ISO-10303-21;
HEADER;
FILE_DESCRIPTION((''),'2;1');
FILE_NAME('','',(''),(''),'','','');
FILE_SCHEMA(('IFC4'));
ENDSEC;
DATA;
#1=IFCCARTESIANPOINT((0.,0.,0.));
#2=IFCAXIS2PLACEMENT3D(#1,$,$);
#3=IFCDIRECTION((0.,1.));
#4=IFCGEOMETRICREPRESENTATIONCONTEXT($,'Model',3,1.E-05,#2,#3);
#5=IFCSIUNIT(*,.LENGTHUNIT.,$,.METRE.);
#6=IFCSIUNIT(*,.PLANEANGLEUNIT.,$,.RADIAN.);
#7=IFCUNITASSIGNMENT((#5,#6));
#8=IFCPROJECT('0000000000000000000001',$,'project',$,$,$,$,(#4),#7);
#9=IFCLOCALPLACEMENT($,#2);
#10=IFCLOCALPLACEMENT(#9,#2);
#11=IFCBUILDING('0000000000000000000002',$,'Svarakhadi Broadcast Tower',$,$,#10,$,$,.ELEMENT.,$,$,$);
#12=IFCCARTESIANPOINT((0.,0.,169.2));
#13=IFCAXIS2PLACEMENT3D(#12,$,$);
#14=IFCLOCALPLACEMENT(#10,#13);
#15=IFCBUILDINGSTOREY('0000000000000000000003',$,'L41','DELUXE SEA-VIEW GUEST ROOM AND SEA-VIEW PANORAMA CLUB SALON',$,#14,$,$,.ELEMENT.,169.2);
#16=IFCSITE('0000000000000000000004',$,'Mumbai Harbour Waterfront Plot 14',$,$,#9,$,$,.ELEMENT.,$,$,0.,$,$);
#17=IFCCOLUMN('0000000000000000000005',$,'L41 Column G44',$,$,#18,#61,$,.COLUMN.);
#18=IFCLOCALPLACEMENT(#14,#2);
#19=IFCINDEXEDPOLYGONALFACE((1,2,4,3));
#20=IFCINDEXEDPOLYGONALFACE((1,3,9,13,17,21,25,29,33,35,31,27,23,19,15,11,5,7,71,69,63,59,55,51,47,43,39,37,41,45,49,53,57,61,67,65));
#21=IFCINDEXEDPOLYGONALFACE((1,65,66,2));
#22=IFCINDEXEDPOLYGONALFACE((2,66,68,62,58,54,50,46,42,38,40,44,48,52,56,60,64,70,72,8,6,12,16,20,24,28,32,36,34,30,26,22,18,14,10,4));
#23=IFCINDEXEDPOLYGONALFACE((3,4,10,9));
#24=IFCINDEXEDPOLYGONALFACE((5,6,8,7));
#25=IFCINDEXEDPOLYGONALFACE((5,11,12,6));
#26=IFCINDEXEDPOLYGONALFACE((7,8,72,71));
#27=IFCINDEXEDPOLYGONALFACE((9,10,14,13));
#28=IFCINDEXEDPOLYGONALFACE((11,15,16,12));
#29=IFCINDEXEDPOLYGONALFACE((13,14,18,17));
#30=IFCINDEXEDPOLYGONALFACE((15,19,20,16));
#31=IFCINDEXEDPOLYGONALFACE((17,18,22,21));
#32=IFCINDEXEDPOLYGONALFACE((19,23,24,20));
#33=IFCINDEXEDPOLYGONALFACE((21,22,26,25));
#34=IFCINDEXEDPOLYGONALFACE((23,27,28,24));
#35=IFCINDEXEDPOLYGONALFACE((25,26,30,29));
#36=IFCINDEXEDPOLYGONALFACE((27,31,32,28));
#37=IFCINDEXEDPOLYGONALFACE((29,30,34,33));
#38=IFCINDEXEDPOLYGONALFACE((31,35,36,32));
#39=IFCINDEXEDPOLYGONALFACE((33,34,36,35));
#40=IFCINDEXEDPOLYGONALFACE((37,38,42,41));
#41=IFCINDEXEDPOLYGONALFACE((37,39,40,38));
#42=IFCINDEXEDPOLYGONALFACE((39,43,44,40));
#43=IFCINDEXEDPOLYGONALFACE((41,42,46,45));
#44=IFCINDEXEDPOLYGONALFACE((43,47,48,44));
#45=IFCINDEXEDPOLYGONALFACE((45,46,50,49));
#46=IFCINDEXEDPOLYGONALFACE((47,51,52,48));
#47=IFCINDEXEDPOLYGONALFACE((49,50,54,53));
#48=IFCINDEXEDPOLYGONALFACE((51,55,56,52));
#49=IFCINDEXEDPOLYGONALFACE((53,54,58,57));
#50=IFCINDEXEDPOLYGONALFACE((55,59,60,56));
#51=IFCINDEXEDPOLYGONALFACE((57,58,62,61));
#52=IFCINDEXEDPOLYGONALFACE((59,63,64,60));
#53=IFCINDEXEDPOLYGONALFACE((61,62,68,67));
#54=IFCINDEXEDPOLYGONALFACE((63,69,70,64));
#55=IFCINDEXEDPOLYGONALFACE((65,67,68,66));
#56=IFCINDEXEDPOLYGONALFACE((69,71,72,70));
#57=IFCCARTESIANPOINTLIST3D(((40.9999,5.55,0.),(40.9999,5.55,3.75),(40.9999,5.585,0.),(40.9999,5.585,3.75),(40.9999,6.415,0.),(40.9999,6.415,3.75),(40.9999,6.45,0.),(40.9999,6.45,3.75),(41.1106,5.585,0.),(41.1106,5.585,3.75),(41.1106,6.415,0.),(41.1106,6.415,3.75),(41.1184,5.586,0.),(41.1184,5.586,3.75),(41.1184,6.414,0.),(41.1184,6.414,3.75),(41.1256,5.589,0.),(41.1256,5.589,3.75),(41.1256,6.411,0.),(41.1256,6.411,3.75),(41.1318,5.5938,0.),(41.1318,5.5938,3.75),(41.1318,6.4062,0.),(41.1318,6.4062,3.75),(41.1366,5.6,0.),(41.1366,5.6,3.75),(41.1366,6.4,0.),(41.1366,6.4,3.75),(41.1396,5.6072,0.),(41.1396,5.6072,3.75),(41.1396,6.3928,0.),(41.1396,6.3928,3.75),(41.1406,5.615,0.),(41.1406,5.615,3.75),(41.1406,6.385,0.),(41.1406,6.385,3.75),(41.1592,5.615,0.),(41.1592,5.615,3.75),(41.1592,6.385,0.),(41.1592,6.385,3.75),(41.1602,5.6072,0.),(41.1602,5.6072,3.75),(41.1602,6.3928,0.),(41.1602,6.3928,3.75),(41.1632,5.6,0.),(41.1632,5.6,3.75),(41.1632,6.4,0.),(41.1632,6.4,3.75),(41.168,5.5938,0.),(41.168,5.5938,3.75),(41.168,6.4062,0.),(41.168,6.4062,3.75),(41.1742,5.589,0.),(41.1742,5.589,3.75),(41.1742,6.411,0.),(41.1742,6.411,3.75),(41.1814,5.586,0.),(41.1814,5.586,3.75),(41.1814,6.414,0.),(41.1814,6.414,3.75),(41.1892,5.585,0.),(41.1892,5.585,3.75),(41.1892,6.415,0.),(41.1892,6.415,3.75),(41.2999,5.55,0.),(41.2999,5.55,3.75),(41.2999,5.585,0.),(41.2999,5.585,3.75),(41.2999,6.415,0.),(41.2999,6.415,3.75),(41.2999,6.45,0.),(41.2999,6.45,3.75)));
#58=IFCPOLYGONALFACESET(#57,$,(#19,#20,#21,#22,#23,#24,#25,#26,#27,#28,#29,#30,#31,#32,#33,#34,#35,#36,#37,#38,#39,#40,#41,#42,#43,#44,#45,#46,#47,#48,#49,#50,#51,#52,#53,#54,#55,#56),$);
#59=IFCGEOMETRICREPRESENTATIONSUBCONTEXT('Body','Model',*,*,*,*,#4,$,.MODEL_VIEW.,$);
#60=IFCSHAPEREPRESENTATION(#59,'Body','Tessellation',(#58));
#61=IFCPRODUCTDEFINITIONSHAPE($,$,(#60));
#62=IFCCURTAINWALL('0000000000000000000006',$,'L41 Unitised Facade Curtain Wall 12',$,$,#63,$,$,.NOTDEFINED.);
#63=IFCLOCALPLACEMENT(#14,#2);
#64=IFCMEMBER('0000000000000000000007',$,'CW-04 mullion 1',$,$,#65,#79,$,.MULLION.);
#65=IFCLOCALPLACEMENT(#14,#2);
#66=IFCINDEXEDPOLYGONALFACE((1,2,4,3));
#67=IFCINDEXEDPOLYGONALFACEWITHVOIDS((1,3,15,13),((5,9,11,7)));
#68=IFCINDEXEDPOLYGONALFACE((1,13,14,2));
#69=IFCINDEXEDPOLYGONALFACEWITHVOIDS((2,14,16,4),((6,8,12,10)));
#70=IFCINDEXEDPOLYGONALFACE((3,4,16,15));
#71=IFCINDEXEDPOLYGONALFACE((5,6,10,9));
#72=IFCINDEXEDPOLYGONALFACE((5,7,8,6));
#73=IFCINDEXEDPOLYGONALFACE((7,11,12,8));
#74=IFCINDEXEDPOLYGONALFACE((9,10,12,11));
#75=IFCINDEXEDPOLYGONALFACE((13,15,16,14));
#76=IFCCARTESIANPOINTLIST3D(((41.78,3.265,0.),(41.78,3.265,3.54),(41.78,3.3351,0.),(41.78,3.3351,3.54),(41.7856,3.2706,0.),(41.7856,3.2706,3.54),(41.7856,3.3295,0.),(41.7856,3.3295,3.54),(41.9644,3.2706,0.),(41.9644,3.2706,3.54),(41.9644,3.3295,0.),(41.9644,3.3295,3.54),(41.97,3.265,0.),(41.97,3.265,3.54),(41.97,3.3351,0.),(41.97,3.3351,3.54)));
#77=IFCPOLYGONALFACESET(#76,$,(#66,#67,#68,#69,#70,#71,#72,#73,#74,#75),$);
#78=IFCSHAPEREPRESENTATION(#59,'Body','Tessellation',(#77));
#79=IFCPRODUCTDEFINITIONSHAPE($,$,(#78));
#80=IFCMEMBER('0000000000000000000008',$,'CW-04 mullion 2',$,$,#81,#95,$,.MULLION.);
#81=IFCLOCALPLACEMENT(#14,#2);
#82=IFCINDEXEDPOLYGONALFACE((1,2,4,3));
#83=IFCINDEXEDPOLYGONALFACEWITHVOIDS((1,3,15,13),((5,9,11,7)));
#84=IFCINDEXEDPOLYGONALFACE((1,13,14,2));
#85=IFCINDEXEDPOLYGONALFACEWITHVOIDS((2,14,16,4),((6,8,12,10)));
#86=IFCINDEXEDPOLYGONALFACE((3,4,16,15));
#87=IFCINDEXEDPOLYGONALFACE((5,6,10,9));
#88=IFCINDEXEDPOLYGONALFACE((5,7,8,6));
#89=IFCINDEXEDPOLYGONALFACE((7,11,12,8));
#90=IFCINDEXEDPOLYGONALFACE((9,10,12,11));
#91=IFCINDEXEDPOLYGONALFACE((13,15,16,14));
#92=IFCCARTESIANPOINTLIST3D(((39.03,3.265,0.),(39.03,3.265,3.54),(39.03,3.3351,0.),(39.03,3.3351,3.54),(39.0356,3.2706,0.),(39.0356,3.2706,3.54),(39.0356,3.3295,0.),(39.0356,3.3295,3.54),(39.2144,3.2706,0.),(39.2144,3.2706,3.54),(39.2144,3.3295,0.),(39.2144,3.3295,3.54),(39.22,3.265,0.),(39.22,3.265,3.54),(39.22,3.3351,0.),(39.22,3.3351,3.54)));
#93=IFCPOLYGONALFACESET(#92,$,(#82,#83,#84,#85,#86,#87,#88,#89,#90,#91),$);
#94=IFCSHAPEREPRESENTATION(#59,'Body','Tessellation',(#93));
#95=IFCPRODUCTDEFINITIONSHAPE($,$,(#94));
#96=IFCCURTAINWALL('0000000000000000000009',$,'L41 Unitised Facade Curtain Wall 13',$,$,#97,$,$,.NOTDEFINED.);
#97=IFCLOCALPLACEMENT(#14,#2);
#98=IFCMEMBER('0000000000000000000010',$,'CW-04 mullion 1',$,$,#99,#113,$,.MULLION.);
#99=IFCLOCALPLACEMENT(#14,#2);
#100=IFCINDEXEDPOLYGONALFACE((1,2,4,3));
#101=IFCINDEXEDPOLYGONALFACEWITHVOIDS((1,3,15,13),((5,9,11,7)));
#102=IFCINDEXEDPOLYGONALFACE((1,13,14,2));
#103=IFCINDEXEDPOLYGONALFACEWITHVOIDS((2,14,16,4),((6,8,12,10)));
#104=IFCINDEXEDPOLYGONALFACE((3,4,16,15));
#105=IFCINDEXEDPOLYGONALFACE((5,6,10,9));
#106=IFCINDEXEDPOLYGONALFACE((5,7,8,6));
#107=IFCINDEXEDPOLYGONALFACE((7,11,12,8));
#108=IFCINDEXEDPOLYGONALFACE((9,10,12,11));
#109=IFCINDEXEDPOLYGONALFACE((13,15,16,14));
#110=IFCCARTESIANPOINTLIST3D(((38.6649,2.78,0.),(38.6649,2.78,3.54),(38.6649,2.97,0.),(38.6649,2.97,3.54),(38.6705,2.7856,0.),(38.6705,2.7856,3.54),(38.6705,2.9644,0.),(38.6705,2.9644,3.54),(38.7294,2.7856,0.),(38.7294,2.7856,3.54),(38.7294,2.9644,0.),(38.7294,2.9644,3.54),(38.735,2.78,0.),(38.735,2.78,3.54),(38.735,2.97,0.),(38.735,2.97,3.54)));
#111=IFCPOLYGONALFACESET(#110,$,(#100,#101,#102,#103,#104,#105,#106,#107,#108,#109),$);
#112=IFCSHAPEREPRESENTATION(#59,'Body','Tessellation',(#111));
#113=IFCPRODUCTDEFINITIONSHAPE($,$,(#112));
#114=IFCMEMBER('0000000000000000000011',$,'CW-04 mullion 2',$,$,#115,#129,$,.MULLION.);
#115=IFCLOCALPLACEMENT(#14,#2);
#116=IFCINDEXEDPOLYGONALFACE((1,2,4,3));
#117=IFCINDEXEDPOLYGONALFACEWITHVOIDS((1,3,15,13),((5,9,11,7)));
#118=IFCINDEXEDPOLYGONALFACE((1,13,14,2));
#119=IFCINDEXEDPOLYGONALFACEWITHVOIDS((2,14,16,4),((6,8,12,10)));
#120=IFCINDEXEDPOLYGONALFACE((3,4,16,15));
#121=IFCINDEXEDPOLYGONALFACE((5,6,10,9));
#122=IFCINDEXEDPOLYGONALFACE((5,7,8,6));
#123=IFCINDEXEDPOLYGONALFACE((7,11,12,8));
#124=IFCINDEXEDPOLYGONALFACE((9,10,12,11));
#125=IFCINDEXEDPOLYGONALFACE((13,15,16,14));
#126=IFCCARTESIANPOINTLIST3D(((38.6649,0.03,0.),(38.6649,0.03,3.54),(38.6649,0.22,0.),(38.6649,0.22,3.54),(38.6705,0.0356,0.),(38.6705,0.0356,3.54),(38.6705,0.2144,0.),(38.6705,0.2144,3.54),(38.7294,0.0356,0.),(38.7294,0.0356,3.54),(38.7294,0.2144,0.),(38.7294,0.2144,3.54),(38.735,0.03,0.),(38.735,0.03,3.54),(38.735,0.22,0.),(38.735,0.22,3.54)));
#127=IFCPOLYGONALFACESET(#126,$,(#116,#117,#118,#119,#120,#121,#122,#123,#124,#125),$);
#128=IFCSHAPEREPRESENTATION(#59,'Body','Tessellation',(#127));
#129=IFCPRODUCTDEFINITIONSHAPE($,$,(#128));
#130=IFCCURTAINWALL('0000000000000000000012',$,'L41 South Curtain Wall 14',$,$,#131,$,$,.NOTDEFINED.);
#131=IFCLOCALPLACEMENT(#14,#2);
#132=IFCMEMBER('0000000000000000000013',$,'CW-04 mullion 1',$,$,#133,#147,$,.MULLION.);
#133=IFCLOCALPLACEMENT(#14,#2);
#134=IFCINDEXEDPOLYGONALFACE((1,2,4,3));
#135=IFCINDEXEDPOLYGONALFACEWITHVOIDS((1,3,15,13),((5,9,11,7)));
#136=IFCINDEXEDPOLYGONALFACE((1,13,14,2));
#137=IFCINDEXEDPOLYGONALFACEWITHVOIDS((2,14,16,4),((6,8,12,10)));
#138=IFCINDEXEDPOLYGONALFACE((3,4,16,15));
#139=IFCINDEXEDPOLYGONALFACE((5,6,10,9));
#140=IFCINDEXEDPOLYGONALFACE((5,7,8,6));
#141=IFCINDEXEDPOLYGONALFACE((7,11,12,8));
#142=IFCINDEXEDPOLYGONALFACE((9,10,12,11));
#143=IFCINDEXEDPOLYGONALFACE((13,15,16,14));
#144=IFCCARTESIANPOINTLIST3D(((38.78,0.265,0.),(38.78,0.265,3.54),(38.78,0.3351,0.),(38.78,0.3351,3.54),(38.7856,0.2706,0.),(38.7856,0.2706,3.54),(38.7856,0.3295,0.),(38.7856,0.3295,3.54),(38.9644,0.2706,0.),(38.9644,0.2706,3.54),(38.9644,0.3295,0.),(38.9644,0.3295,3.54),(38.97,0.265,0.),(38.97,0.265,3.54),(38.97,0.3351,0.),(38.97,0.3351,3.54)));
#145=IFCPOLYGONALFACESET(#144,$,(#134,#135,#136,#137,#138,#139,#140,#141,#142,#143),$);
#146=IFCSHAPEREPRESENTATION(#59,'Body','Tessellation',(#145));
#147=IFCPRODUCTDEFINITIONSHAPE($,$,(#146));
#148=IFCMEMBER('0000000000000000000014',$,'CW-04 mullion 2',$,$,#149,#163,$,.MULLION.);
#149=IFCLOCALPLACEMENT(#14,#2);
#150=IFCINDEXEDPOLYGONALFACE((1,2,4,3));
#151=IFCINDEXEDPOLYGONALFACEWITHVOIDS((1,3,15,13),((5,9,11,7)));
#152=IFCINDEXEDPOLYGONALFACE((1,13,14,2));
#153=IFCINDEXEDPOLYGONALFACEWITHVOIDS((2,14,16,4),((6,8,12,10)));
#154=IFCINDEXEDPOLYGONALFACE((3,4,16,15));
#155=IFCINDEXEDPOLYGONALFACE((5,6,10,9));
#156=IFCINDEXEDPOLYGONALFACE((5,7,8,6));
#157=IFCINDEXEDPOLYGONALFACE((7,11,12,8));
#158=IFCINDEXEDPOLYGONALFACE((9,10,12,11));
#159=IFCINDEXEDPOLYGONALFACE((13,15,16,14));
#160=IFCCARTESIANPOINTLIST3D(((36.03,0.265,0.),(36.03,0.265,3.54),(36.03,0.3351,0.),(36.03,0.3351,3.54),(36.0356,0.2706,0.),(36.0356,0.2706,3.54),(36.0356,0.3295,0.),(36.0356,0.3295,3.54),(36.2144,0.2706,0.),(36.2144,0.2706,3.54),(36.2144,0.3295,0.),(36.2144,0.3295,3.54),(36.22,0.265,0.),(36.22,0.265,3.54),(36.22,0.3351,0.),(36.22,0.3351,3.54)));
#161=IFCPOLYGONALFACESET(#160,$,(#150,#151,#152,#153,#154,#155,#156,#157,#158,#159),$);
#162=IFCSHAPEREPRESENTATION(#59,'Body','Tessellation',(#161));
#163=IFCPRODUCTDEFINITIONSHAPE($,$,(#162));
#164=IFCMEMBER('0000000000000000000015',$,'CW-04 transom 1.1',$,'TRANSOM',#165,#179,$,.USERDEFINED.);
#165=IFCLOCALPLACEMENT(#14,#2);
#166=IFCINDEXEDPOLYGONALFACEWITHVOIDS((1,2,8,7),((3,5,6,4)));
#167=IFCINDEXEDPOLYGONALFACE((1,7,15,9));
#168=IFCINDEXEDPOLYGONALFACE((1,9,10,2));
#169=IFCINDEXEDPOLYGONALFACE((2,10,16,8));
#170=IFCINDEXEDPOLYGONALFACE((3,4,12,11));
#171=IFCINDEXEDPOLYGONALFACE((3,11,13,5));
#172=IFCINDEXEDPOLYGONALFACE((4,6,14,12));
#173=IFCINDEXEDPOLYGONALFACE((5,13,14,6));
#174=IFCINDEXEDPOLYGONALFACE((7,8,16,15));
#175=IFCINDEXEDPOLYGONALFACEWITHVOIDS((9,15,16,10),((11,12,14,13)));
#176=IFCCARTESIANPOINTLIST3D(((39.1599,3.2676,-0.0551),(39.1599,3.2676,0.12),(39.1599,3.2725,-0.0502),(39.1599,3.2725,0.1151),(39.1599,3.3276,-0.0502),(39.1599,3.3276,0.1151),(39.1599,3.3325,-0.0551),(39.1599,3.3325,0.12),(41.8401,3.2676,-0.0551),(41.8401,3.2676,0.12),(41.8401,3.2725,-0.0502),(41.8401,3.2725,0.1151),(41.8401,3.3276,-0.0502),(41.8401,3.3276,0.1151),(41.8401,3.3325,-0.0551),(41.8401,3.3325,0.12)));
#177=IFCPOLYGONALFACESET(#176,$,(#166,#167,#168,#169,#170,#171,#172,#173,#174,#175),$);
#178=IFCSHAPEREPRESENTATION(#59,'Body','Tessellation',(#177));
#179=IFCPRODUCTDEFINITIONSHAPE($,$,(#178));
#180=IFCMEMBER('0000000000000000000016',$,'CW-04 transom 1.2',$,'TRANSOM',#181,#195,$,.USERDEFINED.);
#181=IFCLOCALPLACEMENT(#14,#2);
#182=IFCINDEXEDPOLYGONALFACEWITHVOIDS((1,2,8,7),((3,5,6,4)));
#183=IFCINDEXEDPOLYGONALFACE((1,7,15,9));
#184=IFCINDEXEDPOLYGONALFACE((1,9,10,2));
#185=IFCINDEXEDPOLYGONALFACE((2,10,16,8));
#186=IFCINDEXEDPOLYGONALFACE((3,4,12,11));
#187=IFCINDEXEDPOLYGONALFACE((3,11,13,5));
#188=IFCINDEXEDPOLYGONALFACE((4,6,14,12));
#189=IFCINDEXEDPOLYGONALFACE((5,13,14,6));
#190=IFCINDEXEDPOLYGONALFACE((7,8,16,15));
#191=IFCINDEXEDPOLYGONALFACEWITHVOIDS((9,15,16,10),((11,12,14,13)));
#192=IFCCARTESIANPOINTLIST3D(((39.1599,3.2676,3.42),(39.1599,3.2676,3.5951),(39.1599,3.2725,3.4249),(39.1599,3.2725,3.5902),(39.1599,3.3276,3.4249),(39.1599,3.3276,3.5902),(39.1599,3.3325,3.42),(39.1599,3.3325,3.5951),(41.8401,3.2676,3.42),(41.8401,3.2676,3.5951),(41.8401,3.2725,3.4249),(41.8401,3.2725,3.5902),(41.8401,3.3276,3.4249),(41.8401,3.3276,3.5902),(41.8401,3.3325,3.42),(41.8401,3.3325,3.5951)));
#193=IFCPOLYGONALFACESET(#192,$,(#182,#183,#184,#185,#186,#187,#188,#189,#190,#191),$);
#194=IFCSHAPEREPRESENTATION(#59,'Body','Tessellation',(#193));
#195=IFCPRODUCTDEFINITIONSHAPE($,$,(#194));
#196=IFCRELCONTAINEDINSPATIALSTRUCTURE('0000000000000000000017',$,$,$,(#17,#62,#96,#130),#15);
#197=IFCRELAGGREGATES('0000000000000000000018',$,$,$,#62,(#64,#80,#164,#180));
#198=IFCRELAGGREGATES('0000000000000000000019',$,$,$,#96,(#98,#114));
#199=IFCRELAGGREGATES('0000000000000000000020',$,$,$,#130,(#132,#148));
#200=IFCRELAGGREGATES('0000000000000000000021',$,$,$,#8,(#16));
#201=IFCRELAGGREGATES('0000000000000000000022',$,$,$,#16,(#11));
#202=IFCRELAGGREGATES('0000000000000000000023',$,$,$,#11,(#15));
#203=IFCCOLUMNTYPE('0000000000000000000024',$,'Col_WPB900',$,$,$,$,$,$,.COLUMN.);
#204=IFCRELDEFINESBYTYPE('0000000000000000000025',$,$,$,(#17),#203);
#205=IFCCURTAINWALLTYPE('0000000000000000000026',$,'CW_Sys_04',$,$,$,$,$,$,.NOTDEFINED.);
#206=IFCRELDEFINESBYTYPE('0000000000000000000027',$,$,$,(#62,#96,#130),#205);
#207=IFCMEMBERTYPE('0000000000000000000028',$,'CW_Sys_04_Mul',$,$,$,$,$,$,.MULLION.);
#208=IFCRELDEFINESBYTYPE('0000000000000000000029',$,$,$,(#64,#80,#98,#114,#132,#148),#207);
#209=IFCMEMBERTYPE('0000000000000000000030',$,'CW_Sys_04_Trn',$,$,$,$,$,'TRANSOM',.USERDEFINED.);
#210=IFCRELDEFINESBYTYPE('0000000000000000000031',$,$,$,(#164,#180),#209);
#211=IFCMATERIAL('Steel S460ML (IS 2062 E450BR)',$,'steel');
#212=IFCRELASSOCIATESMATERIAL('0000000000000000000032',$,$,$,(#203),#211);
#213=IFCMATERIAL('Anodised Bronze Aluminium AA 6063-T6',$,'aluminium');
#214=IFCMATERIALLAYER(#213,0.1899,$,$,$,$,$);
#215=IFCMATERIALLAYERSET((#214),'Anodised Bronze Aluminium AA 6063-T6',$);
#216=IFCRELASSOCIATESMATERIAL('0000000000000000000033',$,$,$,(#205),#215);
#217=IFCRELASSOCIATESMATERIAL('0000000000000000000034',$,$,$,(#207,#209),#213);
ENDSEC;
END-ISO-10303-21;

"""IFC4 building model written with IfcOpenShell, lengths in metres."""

from ifc_helpers import new_model, si_unit, direction, frame, origin, origin_2d, place, context, subcontext, project, spatial, hollow_rectangle, i_section, extrude, material, layer, layer_set, material_profile, profile_set, type_object, element, aggregate, save


model = new_model("IFC4")

# Units and contexts
model_context = context("Model", 3, precision=1e-05, world=origin(), true_north=direction((0.0, 1.0)))
body_context = subcontext(model_context, "Body", "Model", "MODEL_VIEW")
ifc_project = project(units=[si_unit("LENGTHUNIT", "METRE"), si_unit("PLANEANGLEUNIT", "RADIAN")], contexts=[model_context])

# Site, building, storey
site_placement = place(None, origin())
site = spatial("IfcSite", under=ifc_project, at=site_placement, Name="Mumbai Harbour Waterfront Plot 14", CompositionType="ELEMENT", RefElevation=0.0)
building_placement = place(site_placement, origin())
building = spatial("IfcBuilding", under=site, at=building_placement, Name="Svarakhadi Broadcast Tower", CompositionType="ELEMENT")
storey_placement = place(building_placement, frame((0.0, 0.0, 169.2)))
storey = spatial("IfcBuildingStorey", under=building, at=storey_placement, Name="L41", Description="DELUXE SEA-VIEW GUEST ROOM AND SEA-VIEW PANORAMA CLUB SALON", CompositionType="ELEMENT", Elevation=169.2)

# Column
ifc_material_1 = material(Name="Steel S460ML (IS 2062 E450BR)", Category="steel")
ifc_material_profile_1 = material_profile(ifc_material_1, i_section(OverallWidth=0.3, OverallDepth=0.8999, WebThickness=0.0186, FlangeThickness=0.0349, FilletRadius=0.03, at=origin_2d()), Name="WPB 900x300x291")
ifc_profile_set_1 = profile_set([ifc_material_profile_1], Name="Steel S460ML (IS 2062 E450BR)")
column_type = type_object("IfcColumnType", Name="Col_WPB900", PredefinedType="COLUMN", material=ifc_profile_set_1)
column_placement = place(storey_placement, frame((41.1499, 6.0, 0.0), z_axis=(0.0, 0.0, 1.0), x_axis=(1.0, 0.0, 0.0)))
element("IfcColumn", 1, at=column_placement, inside=storey, type_object=column_type, Name="L41 Column G44", PredefinedType="COLUMN", context=body_context, shape_type="SweptSolid", body=[
    extrude(i_section(OverallWidth=0.3, OverallDepth=0.8999, WebThickness=0.0186, FlangeThickness=0.0349, FilletRadius=0.03, at=origin_2d()), origin(), (0.0, 0.0, 1.0), 3.75),
])

# Curtain walls, members
ifc_material_2 = material(Name="Anodised Bronze Aluminium AA 6063-T6", Category="aluminium")
ifc_layer_1 = layer(ifc_material_2, 0.1899)
ifc_layer_set_1 = layer_set([ifc_layer_1], Name="Anodised Bronze Aluminium AA 6063-T6")
curtain_wall_type = type_object("IfcCurtainWallType", Name="CW_Sys_04", PredefinedType="NOTDEFINED", material=ifc_layer_set_1)
curtain_wall_1_placement = place(storey_placement, origin())
curtain_wall_1 = element("IfcCurtainWall", 2, at=curtain_wall_1_placement, inside=storey, type_object=curtain_wall_type, Name="L41 Unitised Facade Curtain Wall 12", PredefinedType="NOTDEFINED")
ifc_material_profile_2 = material_profile(ifc_material_2, hollow_rectangle(XDim=0.0701, YDim=0.1899, WallThickness=0.0056, at=origin_2d()), Name="ALU MULLION 190x70x6")
ifc_profile_set_2 = profile_set([ifc_material_profile_2], Name="Anodised Bronze Aluminium AA 6063-T6")
member_type_1 = type_object("IfcMemberType", Name="CW_Sys_04_Mul", PredefinedType="MULLION", material=ifc_profile_set_2)
member_1_placement = place(storey_placement, frame((41.875, 3.3, 0.0), z_axis=(0.0, 0.0, 1.0), x_axis=(0.0, -1.0, 0.0)))
member_1 = element("IfcMember", 3, at=member_1_placement, type_object=member_type_1, Name="CW-04 mullion 1", PredefinedType="MULLION", context=body_context, shape_type="SweptSolid", body=[
    extrude(hollow_rectangle(XDim=0.0701, YDim=0.1899, WallThickness=0.0056, at=origin_2d()), origin(), (0.0, 0.0, 1.0), 3.54),
])
member_2_placement = place(storey_placement, frame((39.125, 3.3, 0.0), z_axis=(0.0, 0.0, 1.0), x_axis=(0.0, -1.0, 0.0)))
member_2 = element("IfcMember", 4, at=member_2_placement, type_object=member_type_1, Name="CW-04 mullion 2", PredefinedType="MULLION", context=body_context, shape_type="SweptSolid", body=[
    extrude(hollow_rectangle(XDim=0.0701, YDim=0.1899, WallThickness=0.0056, at=origin_2d()), origin(), (0.0, 0.0, 1.0), 3.54),
])
curtain_wall_2_placement = place(storey_placement, origin())
curtain_wall_2 = element("IfcCurtainWall", 5, at=curtain_wall_2_placement, inside=storey, type_object=curtain_wall_type, Name="L41 Unitised Facade Curtain Wall 13", PredefinedType="NOTDEFINED")
member_3_placement = place(storey_placement, frame((38.7, 2.875, 0.0), z_axis=(0.0, 0.0, 1.0), x_axis=(1.0, 0.0, 0.0)))
member_3 = element("IfcMember", 6, at=member_3_placement, type_object=member_type_1, Name="CW-04 mullion 1", PredefinedType="MULLION", context=body_context, shape_type="SweptSolid", body=[
    extrude(hollow_rectangle(XDim=0.0701, YDim=0.1899, WallThickness=0.0056, at=origin_2d()), origin(), (0.0, 0.0, 1.0), 3.54),
])
member_4_placement = place(storey_placement, frame((38.7, 0.125, 0.0), z_axis=(0.0, 0.0, 1.0), x_axis=(1.0, 0.0, 0.0)))
member_4 = element("IfcMember", 7, at=member_4_placement, type_object=member_type_1, Name="CW-04 mullion 2", PredefinedType="MULLION", context=body_context, shape_type="SweptSolid", body=[
    extrude(hollow_rectangle(XDim=0.0701, YDim=0.1899, WallThickness=0.0056, at=origin_2d()), origin(), (0.0, 0.0, 1.0), 3.54),
])
curtain_wall_3_placement = place(storey_placement, origin())
curtain_wall_3 = element("IfcCurtainWall", 8, at=curtain_wall_3_placement, inside=storey, type_object=curtain_wall_type, Name="L41 South Curtain Wall 14", PredefinedType="NOTDEFINED")
member_5_placement = place(storey_placement, frame((38.875, 0.3, 0.0), z_axis=(0.0, 0.0, 1.0), x_axis=(0.0, -1.0, 0.0)))
member_5 = element("IfcMember", 9, at=member_5_placement, type_object=member_type_1, Name="CW-04 mullion 1", PredefinedType="MULLION", context=body_context, shape_type="SweptSolid", body=[
    extrude(hollow_rectangle(XDim=0.0701, YDim=0.1899, WallThickness=0.0056, at=origin_2d()), origin(), (0.0, 0.0, 1.0), 3.54),
])
member_6_placement = place(storey_placement, frame((36.125, 0.3, 0.0), z_axis=(0.0, 0.0, 1.0), x_axis=(0.0, -1.0, 0.0)))
member_6 = element("IfcMember", 10, at=member_6_placement, type_object=member_type_1, Name="CW-04 mullion 2", PredefinedType="MULLION", context=body_context, shape_type="SweptSolid", body=[
    extrude(hollow_rectangle(XDim=0.0701, YDim=0.1899, WallThickness=0.0056, at=origin_2d()), origin(), (0.0, 0.0, 1.0), 3.54),
])

# Members
ifc_material_profile_3 = material_profile(ifc_material_2, hollow_rectangle(XDim=0.0649, YDim=0.175, WallThickness=0.0049, at=origin_2d()), Name="ALU TRANSOM 175x65x5")
ifc_profile_set_3 = profile_set([ifc_material_profile_3], Name="Anodised Bronze Aluminium AA 6063-T6")
member_type_2 = type_object("IfcMemberType", Name="CW_Sys_04_Trn", ElementType="TRANSOM", PredefinedType="USERDEFINED", material=ifc_profile_set_3)
member_7_placement = place(storey_placement, frame((41.8401, 3.3, 0.0325), z_axis=(-1.0, 0.0, 0.0), x_axis=(0.0, -1.0, 0.0)))
member_7 = element("IfcMember", 11, at=member_7_placement, type_object=member_type_2, Name="CW-04 transom 1.1", ObjectType="TRANSOM", PredefinedType="USERDEFINED", context=body_context, shape_type="SweptSolid", body=[
    extrude(hollow_rectangle(XDim=0.0649, YDim=0.175, WallThickness=0.0049, at=origin_2d()), origin(), (0.0, 0.0, 1.0), 2.6802),
])
member_8_placement = place(storey_placement, frame((41.8401, 3.3, 3.5076), z_axis=(-1.0, 0.0, 0.0), x_axis=(0.0, -1.0, 0.0)))
member_8 = element("IfcMember", 12, at=member_8_placement, type_object=member_type_2, Name="CW-04 transom 1.2", ObjectType="TRANSOM", PredefinedType="USERDEFINED", context=body_context, shape_type="SweptSolid", body=[
    extrude(hollow_rectangle(XDim=0.0649, YDim=0.175, WallThickness=0.0049, at=origin_2d()), origin(), (0.0, 0.0, 1.0), 2.6802),
])

aggregate(curtain_wall_1, [member_1, member_2, member_7, member_8])
aggregate(curtain_wall_2, [member_3, member_4])
aggregate(curtain_wall_3, [member_5, member_6])

save(model, "model.ifc")
